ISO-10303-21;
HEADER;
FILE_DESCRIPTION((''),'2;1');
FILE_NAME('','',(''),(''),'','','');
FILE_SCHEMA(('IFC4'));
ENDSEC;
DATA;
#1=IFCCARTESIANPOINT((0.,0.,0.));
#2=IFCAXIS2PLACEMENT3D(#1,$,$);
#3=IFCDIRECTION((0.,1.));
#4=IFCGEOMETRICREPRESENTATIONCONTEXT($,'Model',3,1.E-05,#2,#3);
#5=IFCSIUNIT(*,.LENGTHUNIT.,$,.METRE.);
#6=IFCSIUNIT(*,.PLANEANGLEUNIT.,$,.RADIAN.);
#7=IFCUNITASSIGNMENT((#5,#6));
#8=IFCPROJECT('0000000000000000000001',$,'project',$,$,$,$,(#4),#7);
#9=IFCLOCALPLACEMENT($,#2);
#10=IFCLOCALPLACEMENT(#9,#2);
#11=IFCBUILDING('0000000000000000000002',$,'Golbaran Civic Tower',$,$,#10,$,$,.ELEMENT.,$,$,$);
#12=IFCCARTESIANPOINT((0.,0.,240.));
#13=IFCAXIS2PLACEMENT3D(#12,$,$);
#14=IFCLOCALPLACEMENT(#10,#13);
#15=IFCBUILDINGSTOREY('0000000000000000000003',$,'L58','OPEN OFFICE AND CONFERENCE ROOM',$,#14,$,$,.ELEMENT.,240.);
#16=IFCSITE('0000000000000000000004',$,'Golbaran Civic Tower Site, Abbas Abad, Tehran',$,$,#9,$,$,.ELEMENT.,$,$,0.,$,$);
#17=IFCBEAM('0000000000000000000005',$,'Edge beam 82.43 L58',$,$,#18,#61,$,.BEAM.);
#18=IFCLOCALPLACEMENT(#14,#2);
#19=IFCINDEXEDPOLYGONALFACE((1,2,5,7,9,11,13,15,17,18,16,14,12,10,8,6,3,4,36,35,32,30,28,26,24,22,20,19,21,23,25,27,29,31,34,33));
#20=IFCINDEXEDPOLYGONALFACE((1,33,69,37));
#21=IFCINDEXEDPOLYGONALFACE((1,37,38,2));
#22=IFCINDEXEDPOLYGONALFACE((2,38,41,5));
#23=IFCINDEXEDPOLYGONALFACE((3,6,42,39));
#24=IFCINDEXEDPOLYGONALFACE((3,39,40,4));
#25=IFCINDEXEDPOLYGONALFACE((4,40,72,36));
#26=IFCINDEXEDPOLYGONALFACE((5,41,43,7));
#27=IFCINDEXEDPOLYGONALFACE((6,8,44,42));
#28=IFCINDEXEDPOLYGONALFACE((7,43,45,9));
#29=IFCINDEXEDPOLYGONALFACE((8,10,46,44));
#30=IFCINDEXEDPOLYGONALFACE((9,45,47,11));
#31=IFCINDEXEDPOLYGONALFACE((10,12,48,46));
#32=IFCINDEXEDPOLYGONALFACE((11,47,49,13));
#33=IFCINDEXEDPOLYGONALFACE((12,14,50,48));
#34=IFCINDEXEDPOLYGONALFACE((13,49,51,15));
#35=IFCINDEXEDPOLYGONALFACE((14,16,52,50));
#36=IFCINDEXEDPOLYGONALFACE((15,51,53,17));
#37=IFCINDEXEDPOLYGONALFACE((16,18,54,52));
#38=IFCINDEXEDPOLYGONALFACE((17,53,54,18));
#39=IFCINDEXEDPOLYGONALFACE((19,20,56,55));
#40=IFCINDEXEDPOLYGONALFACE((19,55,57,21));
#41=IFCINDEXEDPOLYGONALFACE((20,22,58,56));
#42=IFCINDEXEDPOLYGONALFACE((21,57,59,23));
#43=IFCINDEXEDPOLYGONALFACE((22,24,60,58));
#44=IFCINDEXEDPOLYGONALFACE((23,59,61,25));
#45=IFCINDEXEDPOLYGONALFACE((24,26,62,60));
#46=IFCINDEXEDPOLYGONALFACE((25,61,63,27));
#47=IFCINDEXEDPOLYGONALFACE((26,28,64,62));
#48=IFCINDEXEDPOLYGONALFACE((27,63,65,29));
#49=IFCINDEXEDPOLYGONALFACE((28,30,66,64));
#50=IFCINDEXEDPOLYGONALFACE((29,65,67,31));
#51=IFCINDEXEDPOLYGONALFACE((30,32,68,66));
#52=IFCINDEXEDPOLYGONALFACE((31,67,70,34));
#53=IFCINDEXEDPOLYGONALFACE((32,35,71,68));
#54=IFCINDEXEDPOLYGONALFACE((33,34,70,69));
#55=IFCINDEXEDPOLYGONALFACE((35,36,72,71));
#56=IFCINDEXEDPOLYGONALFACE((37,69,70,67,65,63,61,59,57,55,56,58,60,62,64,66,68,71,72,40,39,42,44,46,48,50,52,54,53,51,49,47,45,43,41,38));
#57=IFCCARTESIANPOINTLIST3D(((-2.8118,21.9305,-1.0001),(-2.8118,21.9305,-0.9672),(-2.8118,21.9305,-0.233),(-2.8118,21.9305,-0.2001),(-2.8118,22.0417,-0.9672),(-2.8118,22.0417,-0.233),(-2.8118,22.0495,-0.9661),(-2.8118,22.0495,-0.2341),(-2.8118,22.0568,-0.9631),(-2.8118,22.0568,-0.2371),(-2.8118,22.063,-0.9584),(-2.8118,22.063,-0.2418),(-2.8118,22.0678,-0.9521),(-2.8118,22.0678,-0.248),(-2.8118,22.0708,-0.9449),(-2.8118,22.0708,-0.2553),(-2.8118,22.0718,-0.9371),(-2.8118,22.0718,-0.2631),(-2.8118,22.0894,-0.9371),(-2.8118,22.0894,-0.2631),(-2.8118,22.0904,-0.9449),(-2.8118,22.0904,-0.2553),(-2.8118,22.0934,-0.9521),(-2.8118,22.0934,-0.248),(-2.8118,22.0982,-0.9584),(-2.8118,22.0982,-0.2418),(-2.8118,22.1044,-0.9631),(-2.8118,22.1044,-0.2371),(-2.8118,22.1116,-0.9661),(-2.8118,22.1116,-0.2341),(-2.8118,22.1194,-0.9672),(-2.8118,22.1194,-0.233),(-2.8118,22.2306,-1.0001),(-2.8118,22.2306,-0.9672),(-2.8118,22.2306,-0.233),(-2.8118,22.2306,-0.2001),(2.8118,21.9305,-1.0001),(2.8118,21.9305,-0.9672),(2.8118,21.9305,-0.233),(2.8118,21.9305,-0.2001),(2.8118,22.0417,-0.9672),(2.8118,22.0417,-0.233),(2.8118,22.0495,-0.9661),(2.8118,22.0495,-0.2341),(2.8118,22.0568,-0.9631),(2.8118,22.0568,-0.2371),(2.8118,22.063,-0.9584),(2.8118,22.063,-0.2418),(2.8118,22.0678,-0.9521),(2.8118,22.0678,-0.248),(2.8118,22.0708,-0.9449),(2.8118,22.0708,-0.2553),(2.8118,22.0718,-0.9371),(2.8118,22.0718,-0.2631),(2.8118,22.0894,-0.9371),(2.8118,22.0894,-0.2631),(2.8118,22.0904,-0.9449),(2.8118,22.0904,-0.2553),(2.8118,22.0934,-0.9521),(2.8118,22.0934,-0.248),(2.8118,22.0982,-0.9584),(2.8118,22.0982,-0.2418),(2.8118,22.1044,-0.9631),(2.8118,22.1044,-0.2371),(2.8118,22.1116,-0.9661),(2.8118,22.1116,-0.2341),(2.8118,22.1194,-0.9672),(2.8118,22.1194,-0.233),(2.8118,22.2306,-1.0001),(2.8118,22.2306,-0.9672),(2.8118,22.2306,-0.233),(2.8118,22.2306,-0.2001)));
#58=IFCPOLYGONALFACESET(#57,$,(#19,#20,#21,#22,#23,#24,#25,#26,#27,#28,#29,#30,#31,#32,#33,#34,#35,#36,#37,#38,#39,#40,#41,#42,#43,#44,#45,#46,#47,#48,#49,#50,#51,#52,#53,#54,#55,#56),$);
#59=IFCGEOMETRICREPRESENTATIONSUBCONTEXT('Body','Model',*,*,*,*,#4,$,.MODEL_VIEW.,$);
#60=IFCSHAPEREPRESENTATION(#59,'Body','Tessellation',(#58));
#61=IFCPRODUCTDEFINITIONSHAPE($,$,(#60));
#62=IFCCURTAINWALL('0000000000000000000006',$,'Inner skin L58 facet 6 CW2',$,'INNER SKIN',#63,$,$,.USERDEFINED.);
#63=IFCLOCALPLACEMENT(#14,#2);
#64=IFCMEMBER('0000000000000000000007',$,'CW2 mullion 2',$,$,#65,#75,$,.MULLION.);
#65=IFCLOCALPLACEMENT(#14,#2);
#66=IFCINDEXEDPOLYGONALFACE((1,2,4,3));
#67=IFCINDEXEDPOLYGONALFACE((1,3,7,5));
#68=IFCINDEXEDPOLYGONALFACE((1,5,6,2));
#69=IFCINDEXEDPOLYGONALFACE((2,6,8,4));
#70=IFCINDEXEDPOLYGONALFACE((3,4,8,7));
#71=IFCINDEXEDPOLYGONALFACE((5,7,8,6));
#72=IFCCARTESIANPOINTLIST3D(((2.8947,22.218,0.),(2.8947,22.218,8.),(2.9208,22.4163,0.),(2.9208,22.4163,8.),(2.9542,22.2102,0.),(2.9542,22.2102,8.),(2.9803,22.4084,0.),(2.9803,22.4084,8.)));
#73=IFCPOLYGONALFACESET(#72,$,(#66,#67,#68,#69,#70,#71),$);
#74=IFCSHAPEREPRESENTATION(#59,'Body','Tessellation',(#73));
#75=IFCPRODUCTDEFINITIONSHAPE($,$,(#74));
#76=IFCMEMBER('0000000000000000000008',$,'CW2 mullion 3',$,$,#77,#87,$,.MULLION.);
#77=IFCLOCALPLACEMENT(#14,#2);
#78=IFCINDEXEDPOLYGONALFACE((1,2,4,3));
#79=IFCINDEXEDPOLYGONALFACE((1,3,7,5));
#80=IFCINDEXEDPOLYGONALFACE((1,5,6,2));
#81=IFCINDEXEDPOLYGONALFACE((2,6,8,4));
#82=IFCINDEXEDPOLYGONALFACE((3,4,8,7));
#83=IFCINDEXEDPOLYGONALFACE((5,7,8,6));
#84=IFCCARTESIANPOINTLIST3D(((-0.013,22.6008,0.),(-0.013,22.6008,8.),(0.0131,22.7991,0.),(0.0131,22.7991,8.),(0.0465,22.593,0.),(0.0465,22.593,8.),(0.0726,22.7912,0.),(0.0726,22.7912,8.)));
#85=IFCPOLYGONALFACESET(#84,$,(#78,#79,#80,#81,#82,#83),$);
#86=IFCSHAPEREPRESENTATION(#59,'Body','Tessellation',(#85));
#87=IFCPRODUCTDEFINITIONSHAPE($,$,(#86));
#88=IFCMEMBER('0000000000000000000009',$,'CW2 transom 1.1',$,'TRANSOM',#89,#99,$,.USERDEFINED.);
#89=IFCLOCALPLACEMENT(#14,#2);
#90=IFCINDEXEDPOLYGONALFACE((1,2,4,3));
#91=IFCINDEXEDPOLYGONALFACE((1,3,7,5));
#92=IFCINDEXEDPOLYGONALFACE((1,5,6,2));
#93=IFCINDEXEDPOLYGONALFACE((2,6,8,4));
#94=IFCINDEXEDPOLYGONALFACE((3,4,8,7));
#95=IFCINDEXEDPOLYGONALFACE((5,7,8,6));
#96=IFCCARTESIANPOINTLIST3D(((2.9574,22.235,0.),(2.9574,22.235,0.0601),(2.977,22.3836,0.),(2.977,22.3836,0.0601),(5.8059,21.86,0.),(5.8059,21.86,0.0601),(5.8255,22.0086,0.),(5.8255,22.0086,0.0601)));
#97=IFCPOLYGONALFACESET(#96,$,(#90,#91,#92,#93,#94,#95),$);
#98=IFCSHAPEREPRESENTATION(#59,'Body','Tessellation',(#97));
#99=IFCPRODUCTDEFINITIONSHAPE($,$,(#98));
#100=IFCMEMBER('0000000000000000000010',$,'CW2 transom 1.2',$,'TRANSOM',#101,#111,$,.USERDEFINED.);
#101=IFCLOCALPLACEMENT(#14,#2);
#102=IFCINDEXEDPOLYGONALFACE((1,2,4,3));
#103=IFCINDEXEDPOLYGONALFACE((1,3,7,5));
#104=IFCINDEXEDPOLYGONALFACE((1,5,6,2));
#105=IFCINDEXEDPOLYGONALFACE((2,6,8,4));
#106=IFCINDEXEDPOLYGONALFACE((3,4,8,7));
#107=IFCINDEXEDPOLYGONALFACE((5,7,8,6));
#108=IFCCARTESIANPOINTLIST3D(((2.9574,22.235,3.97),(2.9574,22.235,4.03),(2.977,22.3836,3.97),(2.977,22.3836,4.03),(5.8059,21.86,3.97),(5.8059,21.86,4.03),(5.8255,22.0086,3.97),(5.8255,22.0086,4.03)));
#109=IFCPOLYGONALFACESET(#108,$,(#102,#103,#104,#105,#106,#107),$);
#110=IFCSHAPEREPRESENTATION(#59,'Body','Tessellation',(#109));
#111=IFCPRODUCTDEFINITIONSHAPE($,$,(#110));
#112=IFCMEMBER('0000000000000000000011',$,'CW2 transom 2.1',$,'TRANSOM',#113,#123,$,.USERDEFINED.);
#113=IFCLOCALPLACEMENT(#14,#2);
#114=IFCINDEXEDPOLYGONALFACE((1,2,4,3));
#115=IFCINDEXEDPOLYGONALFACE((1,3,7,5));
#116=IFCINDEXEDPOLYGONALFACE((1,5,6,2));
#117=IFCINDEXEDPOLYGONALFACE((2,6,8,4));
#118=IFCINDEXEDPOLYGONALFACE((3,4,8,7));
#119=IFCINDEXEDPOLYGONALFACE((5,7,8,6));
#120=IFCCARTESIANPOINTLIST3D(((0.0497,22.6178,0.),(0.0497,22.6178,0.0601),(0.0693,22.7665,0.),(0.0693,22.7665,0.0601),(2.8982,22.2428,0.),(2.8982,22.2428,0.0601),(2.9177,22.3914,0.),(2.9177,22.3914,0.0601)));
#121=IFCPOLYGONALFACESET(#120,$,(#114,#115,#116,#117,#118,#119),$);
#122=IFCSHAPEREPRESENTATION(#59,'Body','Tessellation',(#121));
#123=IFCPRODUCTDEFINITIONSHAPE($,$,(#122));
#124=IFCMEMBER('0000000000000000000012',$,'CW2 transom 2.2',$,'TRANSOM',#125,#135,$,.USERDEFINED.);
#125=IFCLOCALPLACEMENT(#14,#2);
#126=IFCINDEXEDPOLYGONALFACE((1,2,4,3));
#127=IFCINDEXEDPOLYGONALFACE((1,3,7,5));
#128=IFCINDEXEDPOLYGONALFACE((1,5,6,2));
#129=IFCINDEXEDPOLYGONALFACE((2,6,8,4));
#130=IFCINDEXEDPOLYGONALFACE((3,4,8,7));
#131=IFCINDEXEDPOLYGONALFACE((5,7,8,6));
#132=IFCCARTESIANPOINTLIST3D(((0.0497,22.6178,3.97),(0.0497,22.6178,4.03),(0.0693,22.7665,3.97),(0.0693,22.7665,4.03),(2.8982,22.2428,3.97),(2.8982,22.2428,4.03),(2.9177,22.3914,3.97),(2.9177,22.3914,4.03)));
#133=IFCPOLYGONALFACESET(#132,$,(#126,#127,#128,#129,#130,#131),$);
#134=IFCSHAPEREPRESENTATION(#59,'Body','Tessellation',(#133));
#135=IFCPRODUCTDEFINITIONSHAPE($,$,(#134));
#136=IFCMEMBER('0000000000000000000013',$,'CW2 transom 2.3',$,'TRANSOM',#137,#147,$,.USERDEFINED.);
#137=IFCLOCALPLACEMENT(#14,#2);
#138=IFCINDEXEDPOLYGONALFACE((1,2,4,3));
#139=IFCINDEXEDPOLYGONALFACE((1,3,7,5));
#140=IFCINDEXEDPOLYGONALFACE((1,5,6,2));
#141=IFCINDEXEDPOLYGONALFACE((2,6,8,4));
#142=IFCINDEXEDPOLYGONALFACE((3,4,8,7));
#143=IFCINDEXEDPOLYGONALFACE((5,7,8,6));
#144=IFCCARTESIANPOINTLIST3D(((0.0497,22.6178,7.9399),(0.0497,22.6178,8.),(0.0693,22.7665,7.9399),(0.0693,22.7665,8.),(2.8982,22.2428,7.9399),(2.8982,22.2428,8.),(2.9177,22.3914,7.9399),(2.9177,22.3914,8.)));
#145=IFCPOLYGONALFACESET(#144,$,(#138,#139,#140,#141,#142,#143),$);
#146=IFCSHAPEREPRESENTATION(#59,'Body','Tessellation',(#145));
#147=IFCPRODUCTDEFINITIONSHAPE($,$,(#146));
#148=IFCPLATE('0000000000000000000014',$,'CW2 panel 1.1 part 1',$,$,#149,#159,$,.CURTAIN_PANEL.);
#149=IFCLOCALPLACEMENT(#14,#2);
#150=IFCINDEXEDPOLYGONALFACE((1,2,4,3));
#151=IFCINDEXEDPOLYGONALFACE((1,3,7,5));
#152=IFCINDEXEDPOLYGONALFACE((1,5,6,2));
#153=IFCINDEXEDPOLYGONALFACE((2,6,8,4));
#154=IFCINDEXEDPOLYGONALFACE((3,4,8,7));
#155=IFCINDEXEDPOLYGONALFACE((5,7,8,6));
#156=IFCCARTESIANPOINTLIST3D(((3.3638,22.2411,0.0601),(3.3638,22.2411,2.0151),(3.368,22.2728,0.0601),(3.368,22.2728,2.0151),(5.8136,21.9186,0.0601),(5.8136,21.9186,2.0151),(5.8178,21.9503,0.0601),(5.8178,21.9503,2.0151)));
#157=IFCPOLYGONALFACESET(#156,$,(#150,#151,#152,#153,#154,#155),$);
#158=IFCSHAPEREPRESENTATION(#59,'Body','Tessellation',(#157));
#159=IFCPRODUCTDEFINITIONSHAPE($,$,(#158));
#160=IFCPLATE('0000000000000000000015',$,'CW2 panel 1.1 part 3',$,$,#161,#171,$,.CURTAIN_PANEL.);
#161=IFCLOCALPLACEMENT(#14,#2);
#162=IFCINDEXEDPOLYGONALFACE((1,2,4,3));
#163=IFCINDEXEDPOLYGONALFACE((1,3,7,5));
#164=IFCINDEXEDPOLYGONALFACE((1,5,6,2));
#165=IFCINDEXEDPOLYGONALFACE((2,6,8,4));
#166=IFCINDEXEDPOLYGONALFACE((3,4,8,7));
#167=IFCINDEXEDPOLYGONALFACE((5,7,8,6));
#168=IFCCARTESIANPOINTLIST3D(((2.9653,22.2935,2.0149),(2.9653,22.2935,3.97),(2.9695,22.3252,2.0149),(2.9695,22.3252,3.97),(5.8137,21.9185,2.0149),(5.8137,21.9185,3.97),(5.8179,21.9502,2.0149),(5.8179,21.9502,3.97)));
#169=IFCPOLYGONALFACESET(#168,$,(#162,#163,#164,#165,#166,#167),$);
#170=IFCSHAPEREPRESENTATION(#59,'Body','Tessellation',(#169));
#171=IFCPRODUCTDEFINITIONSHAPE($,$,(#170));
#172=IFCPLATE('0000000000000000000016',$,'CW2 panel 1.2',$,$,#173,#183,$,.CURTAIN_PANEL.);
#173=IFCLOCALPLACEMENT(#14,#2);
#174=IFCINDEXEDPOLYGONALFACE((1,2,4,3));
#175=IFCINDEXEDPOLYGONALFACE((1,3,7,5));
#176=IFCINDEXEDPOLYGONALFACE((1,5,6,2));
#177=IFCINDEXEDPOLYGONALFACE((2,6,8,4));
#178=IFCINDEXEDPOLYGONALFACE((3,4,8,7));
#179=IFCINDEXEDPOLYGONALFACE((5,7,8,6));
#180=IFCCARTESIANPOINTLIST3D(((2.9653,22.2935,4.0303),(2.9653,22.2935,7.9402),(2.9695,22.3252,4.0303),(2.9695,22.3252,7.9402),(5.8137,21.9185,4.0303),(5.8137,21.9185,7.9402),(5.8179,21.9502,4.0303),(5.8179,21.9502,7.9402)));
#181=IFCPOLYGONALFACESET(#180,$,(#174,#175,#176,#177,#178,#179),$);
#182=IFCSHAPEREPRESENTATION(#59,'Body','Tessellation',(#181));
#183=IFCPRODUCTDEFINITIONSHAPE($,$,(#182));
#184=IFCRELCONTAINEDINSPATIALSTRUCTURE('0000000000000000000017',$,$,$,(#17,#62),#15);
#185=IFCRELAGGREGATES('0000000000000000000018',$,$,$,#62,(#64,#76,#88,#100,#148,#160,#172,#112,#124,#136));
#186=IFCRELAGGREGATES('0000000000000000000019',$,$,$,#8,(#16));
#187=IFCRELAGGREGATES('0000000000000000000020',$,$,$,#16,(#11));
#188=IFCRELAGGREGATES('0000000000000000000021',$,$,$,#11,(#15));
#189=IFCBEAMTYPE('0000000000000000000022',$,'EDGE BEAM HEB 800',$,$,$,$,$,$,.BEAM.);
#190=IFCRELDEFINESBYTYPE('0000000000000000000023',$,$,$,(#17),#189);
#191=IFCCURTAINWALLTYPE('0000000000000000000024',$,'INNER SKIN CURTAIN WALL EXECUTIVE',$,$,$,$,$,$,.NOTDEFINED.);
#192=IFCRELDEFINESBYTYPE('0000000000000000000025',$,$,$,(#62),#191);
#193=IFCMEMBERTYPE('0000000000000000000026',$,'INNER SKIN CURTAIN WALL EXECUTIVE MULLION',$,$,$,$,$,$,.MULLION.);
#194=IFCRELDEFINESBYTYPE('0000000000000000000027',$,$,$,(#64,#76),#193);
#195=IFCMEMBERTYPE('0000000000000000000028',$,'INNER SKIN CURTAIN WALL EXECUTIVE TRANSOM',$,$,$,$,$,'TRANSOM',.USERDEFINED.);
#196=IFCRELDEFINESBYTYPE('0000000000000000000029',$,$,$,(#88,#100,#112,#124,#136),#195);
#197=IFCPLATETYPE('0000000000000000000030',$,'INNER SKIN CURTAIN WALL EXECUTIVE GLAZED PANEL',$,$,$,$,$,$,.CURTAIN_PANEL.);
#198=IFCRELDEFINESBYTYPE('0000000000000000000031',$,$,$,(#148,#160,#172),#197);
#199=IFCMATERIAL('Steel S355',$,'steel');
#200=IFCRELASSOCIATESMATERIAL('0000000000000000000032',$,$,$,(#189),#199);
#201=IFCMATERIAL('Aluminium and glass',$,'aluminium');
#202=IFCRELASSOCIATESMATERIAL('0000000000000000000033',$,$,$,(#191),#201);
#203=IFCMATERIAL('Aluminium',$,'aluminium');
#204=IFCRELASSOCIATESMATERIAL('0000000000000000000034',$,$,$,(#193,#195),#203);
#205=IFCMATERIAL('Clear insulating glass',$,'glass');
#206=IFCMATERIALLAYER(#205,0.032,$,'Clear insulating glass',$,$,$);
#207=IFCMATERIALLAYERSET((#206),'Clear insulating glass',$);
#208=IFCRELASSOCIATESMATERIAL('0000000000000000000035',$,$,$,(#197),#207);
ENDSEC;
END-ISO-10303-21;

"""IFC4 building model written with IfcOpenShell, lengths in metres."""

from ifc_helpers import new_model, si_unit, direction, frame, origin, origin_2d, place, context, subcontext, project, spatial, rectangle, i_section, extrude, material, layer, layer_set, material_profile, profile_set, type_object, element, aggregate, save


model = new_model("IFC4")

# Units and contexts
model_context = context("Model", 3, precision=1e-05, world=origin(), true_north=direction((0.0, 1.0)))
body_context = subcontext(model_context, "Body", "Model", "MODEL_VIEW")
ifc_project = project(units=[si_unit("LENGTHUNIT", "METRE"), si_unit("PLANEANGLEUNIT", "RADIAN")], contexts=[model_context])

# Site, building, storey
site_placement = place(None, origin())
site = spatial("IfcSite", under=ifc_project, at=site_placement, Name="Golbaran Civic Tower Site, Abbas Abad, Tehran", CompositionType="ELEMENT", RefElevation=0.0)
building_placement = place(site_placement, origin())
building = spatial("IfcBuilding", under=site, at=building_placement, Name="Golbaran Civic Tower", CompositionType="ELEMENT")
storey_placement = place(building_placement, frame((0.0, 0.0, 240.0)))
storey = spatial("IfcBuildingStorey", under=building, at=storey_placement, Name="L58", Description="OPEN OFFICE AND CONFERENCE ROOM", CompositionType="ELEMENT", Elevation=240.0)

# Beam
ifc_material_1 = material(Name="Steel S355", Category="steel")
ifc_material_profile_1 = material_profile(ifc_material_1, i_section(OverallWidth=0.3, OverallDepth=0.8, WebThickness=0.0176, FlangeThickness=0.033, FilletRadius=0.03, at=origin_2d()), Name="HEB 800")
ifc_profile_set_1 = profile_set([ifc_material_profile_1], Name="Steel S355")
beam_type = type_object("IfcBeamType", Name="EDGE BEAM HEB 800", PredefinedType="BEAM", material=ifc_profile_set_1)
beam_placement = place(storey_placement, frame((2.8118, 22.0806, -0.6001), z_axis=(-1.0, 0.0, 0.0), x_axis=(0.0, -1.0, 0.0)))
element("IfcBeam", 1, at=beam_placement, inside=storey, type_object=beam_type, Name="Edge beam 82.43 L58", PredefinedType="BEAM", context=body_context, shape_type="SweptSolid", body=[
    extrude(i_section(OverallWidth=0.3, OverallDepth=0.8, WebThickness=0.0176, FlangeThickness=0.033, FilletRadius=0.03, at=origin_2d()), origin(), (0.0, 0.0, 1.0), 5.6235),
])

# Curtain wall, members, plates
ifc_material_2 = material(Name="Aluminium and glass", Category="aluminium")
curtain_wall_type = type_object("IfcCurtainWallType", Name="INNER SKIN CURTAIN WALL EXECUTIVE", PredefinedType="NOTDEFINED", material=ifc_material_2)
curtain_wall_placement = place(storey_placement, origin())
curtain_wall = element("IfcCurtainWall", 2, at=curtain_wall_placement, inside=storey, type_object=curtain_wall_type, Name="Inner skin L58 facet 6 CW2", ObjectType="INNER SKIN", PredefinedType="USERDEFINED")
ifc_material_3 = material(Name="Aluminium", Category="aluminium")
ifc_material_profile_2 = material_profile(ifc_material_3, rectangle(XDim=0.2, YDim=0.0601, at=origin_2d()), Name="INNER SKIN CURTAIN WALL EXECUTIVE MULLION")
ifc_profile_set_2 = profile_set([ifc_material_profile_2], Name="Aluminium")
member_type_1 = type_object("IfcMemberType", Name="INNER SKIN CURTAIN WALL EXECUTIVE MULLION", PredefinedType="MULLION", material=ifc_profile_set_2)
member_1_placement = place(storey_placement, frame((2.9375, 22.3132, 0.0), z_axis=(0.0, 0.0, 1.0), x_axis=(-0.130526, -0.991445, 0.0)))
member_1 = element("IfcMember", 3, at=member_1_placement, type_object=member_type_1, Name="CW2 mullion 2", PredefinedType="MULLION", context=body_context, shape_type="SweptSolid", body=[
    extrude(rectangle(XDim=0.2, YDim=0.0601, at=origin_2d()), origin(), (0.0, 0.0, 1.0), 8.0),
])
member_2_placement = place(storey_placement, frame((0.0298, 22.696, 0.0), z_axis=(0.0, 0.0, 1.0), x_axis=(-0.130526, -0.991445, 0.0)))
member_2 = element("IfcMember", 4, at=member_2_placement, type_object=member_type_1, Name="CW2 mullion 3", PredefinedType="MULLION", context=body_context, shape_type="SweptSolid", body=[
    extrude(rectangle(XDim=0.2, YDim=0.0601, at=origin_2d()), origin(), (0.0, 0.0, 1.0), 8.0),
])
ifc_material_profile_3 = material_profile(ifc_material_3, rectangle(XDim=0.1499, YDim=0.0601, at=origin_2d()), Name="INNER SKIN CURTAIN WALL EXECUTIVE TRANSOM")
ifc_profile_set_3 = profile_set([ifc_material_profile_3], Name="Aluminium")
member_type_2 = type_object("IfcMemberType", Name="INNER SKIN CURTAIN WALL EXECUTIVE TRANSOM", ElementType="TRANSOM", PredefinedType="USERDEFINED", material=ifc_profile_set_3)
member_3_placement = place(storey_placement, frame((5.8157, 21.9343, 0.03), z_axis=(-0.991445, 0.130527, 0.0), x_axis=(-0.130527, -0.991445, 0.0)))
member_3 = element("IfcMember", 5, at=member_3_placement, type_object=member_type_2, Name="CW2 transom 1.1", ObjectType="TRANSOM", PredefinedType="USERDEFINED", context=body_context, shape_type="SweptSolid", body=[
    extrude(rectangle(XDim=0.1499, YDim=0.0601, at=origin_2d()), origin(), (0.0, 0.0, 1.0), 2.873),
])
member_4_placement = place(storey_placement, frame((5.8157, 21.9343, 4.0), z_axis=(-0.991445, 0.130527, 0.0), x_axis=(-0.130527, -0.991445, 0.0)))
member_4 = element("IfcMember", 6, at=member_4_placement, type_object=member_type_2, Name="CW2 transom 1.2", ObjectType="TRANSOM", PredefinedType="USERDEFINED", context=body_context, shape_type="SweptSolid", body=[
    extrude(rectangle(XDim=0.1499, YDim=0.0601, at=origin_2d()), origin(), (0.0, 0.0, 1.0), 2.873),
])
member_5_placement = place(storey_placement, frame((2.908, 22.3171, 0.03), z_axis=(-0.991445, 0.130527, 0.0), x_axis=(-0.130527, -0.991445, 0.0)))
member_5 = element("IfcMember", 7, at=member_5_placement, type_object=member_type_2, Name="CW2 transom 2.1", ObjectType="TRANSOM", PredefinedType="USERDEFINED", context=body_context, shape_type="SweptSolid", body=[
    extrude(rectangle(XDim=0.1499, YDim=0.0601, at=origin_2d()), origin(), (0.0, 0.0, 1.0), 2.873),
])
member_6_placement = place(storey_placement, frame((2.908, 22.3171, 4.0), z_axis=(-0.991445, 0.130527, 0.0), x_axis=(-0.130527, -0.991445, 0.0)))
member_6 = element("IfcMember", 8, at=member_6_placement, type_object=member_type_2, Name="CW2 transom 2.2", ObjectType="TRANSOM", PredefinedType="USERDEFINED", context=body_context, shape_type="SweptSolid", body=[
    extrude(rectangle(XDim=0.1499, YDim=0.0601, at=origin_2d()), origin(), (0.0, 0.0, 1.0), 2.873),
])
member_7_placement = place(storey_placement, frame((2.908, 22.3171, 7.97), z_axis=(-0.991445, 0.130527, 0.0), x_axis=(-0.130527, -0.991445, 0.0)))
member_7 = element("IfcMember", 9, at=member_7_placement, type_object=member_type_2, Name="CW2 transom 2.3", ObjectType="TRANSOM", PredefinedType="USERDEFINED", context=body_context, shape_type="SweptSolid", body=[
    extrude(rectangle(XDim=0.1499, YDim=0.0601, at=origin_2d()), origin(), (0.0, 0.0, 1.0), 2.873),
])
ifc_material_4 = material(Name="Clear insulating glass", Category="glass")
ifc_layer_1 = layer(ifc_material_4, 0.032, Name="Clear insulating glass")
ifc_layer_set_1 = layer_set([ifc_layer_1], Name="Clear insulating glass")
plate_type_1 = type_object("IfcPlateType", Name="INNER SKIN CURTAIN WALL EXECUTIVE GLAZED PANEL", PredefinedType="CURTAIN_PANEL", material=ifc_layer_set_1)
plate_1_placement = place(storey_placement, frame((4.5908, 22.0957, 0.0601), z_axis=(0.0, 0.0, 1.0), x_axis=(-0.991445, 0.130526, 0.0)))
plate_1 = element("IfcPlate", 10, at=plate_1_placement, type_object=plate_type_1, Name="CW2 panel 1.1 part 1", PredefinedType="CURTAIN_PANEL", context=body_context, shape_type="SweptSolid", body=[
    extrude(rectangle(XDim=2.4709, YDim=0.032, at=origin_2d()), origin(), (0.0, 0.0, 1.0), 1.9551),
])
plate_2_placement = place(storey_placement, frame((4.3916, 22.1218, 2.0149), z_axis=(0.0, 0.0, 1.0), x_axis=(-0.991445, 0.130526, 0.0)))
plate_2 = element("IfcPlate", 11, at=plate_2_placement, type_object=plate_type_1, Name="CW2 panel 1.1 part 3", PredefinedType="CURTAIN_PANEL", context=body_context, shape_type="SweptSolid", body=[
    extrude(rectangle(XDim=2.873, YDim=0.032, at=origin_2d()), origin(), (0.0, 0.0, 1.0), 1.9551),
])
plate_3_placement = place(storey_placement, frame((4.3916, 22.1218, 4.0303), z_axis=(0.0, 0.0, 1.0), x_axis=(-0.991445, 0.130526, 0.0)))
plate_3 = element("IfcPlate", 12, at=plate_3_placement, type_object=plate_type_1, Name="CW2 panel 1.2", PredefinedType="CURTAIN_PANEL", context=body_context, shape_type="SweptSolid", body=[
    extrude(rectangle(XDim=2.873, YDim=0.032, at=origin_2d()), origin(), (0.0, 0.0, 1.0), 3.9099),
])
aggregate(curtain_wall, [member_1, member_2, member_3, member_4, plate_1, plate_2, plate_3, member_5, member_6, member_7])

save(model, "model.ifc")
